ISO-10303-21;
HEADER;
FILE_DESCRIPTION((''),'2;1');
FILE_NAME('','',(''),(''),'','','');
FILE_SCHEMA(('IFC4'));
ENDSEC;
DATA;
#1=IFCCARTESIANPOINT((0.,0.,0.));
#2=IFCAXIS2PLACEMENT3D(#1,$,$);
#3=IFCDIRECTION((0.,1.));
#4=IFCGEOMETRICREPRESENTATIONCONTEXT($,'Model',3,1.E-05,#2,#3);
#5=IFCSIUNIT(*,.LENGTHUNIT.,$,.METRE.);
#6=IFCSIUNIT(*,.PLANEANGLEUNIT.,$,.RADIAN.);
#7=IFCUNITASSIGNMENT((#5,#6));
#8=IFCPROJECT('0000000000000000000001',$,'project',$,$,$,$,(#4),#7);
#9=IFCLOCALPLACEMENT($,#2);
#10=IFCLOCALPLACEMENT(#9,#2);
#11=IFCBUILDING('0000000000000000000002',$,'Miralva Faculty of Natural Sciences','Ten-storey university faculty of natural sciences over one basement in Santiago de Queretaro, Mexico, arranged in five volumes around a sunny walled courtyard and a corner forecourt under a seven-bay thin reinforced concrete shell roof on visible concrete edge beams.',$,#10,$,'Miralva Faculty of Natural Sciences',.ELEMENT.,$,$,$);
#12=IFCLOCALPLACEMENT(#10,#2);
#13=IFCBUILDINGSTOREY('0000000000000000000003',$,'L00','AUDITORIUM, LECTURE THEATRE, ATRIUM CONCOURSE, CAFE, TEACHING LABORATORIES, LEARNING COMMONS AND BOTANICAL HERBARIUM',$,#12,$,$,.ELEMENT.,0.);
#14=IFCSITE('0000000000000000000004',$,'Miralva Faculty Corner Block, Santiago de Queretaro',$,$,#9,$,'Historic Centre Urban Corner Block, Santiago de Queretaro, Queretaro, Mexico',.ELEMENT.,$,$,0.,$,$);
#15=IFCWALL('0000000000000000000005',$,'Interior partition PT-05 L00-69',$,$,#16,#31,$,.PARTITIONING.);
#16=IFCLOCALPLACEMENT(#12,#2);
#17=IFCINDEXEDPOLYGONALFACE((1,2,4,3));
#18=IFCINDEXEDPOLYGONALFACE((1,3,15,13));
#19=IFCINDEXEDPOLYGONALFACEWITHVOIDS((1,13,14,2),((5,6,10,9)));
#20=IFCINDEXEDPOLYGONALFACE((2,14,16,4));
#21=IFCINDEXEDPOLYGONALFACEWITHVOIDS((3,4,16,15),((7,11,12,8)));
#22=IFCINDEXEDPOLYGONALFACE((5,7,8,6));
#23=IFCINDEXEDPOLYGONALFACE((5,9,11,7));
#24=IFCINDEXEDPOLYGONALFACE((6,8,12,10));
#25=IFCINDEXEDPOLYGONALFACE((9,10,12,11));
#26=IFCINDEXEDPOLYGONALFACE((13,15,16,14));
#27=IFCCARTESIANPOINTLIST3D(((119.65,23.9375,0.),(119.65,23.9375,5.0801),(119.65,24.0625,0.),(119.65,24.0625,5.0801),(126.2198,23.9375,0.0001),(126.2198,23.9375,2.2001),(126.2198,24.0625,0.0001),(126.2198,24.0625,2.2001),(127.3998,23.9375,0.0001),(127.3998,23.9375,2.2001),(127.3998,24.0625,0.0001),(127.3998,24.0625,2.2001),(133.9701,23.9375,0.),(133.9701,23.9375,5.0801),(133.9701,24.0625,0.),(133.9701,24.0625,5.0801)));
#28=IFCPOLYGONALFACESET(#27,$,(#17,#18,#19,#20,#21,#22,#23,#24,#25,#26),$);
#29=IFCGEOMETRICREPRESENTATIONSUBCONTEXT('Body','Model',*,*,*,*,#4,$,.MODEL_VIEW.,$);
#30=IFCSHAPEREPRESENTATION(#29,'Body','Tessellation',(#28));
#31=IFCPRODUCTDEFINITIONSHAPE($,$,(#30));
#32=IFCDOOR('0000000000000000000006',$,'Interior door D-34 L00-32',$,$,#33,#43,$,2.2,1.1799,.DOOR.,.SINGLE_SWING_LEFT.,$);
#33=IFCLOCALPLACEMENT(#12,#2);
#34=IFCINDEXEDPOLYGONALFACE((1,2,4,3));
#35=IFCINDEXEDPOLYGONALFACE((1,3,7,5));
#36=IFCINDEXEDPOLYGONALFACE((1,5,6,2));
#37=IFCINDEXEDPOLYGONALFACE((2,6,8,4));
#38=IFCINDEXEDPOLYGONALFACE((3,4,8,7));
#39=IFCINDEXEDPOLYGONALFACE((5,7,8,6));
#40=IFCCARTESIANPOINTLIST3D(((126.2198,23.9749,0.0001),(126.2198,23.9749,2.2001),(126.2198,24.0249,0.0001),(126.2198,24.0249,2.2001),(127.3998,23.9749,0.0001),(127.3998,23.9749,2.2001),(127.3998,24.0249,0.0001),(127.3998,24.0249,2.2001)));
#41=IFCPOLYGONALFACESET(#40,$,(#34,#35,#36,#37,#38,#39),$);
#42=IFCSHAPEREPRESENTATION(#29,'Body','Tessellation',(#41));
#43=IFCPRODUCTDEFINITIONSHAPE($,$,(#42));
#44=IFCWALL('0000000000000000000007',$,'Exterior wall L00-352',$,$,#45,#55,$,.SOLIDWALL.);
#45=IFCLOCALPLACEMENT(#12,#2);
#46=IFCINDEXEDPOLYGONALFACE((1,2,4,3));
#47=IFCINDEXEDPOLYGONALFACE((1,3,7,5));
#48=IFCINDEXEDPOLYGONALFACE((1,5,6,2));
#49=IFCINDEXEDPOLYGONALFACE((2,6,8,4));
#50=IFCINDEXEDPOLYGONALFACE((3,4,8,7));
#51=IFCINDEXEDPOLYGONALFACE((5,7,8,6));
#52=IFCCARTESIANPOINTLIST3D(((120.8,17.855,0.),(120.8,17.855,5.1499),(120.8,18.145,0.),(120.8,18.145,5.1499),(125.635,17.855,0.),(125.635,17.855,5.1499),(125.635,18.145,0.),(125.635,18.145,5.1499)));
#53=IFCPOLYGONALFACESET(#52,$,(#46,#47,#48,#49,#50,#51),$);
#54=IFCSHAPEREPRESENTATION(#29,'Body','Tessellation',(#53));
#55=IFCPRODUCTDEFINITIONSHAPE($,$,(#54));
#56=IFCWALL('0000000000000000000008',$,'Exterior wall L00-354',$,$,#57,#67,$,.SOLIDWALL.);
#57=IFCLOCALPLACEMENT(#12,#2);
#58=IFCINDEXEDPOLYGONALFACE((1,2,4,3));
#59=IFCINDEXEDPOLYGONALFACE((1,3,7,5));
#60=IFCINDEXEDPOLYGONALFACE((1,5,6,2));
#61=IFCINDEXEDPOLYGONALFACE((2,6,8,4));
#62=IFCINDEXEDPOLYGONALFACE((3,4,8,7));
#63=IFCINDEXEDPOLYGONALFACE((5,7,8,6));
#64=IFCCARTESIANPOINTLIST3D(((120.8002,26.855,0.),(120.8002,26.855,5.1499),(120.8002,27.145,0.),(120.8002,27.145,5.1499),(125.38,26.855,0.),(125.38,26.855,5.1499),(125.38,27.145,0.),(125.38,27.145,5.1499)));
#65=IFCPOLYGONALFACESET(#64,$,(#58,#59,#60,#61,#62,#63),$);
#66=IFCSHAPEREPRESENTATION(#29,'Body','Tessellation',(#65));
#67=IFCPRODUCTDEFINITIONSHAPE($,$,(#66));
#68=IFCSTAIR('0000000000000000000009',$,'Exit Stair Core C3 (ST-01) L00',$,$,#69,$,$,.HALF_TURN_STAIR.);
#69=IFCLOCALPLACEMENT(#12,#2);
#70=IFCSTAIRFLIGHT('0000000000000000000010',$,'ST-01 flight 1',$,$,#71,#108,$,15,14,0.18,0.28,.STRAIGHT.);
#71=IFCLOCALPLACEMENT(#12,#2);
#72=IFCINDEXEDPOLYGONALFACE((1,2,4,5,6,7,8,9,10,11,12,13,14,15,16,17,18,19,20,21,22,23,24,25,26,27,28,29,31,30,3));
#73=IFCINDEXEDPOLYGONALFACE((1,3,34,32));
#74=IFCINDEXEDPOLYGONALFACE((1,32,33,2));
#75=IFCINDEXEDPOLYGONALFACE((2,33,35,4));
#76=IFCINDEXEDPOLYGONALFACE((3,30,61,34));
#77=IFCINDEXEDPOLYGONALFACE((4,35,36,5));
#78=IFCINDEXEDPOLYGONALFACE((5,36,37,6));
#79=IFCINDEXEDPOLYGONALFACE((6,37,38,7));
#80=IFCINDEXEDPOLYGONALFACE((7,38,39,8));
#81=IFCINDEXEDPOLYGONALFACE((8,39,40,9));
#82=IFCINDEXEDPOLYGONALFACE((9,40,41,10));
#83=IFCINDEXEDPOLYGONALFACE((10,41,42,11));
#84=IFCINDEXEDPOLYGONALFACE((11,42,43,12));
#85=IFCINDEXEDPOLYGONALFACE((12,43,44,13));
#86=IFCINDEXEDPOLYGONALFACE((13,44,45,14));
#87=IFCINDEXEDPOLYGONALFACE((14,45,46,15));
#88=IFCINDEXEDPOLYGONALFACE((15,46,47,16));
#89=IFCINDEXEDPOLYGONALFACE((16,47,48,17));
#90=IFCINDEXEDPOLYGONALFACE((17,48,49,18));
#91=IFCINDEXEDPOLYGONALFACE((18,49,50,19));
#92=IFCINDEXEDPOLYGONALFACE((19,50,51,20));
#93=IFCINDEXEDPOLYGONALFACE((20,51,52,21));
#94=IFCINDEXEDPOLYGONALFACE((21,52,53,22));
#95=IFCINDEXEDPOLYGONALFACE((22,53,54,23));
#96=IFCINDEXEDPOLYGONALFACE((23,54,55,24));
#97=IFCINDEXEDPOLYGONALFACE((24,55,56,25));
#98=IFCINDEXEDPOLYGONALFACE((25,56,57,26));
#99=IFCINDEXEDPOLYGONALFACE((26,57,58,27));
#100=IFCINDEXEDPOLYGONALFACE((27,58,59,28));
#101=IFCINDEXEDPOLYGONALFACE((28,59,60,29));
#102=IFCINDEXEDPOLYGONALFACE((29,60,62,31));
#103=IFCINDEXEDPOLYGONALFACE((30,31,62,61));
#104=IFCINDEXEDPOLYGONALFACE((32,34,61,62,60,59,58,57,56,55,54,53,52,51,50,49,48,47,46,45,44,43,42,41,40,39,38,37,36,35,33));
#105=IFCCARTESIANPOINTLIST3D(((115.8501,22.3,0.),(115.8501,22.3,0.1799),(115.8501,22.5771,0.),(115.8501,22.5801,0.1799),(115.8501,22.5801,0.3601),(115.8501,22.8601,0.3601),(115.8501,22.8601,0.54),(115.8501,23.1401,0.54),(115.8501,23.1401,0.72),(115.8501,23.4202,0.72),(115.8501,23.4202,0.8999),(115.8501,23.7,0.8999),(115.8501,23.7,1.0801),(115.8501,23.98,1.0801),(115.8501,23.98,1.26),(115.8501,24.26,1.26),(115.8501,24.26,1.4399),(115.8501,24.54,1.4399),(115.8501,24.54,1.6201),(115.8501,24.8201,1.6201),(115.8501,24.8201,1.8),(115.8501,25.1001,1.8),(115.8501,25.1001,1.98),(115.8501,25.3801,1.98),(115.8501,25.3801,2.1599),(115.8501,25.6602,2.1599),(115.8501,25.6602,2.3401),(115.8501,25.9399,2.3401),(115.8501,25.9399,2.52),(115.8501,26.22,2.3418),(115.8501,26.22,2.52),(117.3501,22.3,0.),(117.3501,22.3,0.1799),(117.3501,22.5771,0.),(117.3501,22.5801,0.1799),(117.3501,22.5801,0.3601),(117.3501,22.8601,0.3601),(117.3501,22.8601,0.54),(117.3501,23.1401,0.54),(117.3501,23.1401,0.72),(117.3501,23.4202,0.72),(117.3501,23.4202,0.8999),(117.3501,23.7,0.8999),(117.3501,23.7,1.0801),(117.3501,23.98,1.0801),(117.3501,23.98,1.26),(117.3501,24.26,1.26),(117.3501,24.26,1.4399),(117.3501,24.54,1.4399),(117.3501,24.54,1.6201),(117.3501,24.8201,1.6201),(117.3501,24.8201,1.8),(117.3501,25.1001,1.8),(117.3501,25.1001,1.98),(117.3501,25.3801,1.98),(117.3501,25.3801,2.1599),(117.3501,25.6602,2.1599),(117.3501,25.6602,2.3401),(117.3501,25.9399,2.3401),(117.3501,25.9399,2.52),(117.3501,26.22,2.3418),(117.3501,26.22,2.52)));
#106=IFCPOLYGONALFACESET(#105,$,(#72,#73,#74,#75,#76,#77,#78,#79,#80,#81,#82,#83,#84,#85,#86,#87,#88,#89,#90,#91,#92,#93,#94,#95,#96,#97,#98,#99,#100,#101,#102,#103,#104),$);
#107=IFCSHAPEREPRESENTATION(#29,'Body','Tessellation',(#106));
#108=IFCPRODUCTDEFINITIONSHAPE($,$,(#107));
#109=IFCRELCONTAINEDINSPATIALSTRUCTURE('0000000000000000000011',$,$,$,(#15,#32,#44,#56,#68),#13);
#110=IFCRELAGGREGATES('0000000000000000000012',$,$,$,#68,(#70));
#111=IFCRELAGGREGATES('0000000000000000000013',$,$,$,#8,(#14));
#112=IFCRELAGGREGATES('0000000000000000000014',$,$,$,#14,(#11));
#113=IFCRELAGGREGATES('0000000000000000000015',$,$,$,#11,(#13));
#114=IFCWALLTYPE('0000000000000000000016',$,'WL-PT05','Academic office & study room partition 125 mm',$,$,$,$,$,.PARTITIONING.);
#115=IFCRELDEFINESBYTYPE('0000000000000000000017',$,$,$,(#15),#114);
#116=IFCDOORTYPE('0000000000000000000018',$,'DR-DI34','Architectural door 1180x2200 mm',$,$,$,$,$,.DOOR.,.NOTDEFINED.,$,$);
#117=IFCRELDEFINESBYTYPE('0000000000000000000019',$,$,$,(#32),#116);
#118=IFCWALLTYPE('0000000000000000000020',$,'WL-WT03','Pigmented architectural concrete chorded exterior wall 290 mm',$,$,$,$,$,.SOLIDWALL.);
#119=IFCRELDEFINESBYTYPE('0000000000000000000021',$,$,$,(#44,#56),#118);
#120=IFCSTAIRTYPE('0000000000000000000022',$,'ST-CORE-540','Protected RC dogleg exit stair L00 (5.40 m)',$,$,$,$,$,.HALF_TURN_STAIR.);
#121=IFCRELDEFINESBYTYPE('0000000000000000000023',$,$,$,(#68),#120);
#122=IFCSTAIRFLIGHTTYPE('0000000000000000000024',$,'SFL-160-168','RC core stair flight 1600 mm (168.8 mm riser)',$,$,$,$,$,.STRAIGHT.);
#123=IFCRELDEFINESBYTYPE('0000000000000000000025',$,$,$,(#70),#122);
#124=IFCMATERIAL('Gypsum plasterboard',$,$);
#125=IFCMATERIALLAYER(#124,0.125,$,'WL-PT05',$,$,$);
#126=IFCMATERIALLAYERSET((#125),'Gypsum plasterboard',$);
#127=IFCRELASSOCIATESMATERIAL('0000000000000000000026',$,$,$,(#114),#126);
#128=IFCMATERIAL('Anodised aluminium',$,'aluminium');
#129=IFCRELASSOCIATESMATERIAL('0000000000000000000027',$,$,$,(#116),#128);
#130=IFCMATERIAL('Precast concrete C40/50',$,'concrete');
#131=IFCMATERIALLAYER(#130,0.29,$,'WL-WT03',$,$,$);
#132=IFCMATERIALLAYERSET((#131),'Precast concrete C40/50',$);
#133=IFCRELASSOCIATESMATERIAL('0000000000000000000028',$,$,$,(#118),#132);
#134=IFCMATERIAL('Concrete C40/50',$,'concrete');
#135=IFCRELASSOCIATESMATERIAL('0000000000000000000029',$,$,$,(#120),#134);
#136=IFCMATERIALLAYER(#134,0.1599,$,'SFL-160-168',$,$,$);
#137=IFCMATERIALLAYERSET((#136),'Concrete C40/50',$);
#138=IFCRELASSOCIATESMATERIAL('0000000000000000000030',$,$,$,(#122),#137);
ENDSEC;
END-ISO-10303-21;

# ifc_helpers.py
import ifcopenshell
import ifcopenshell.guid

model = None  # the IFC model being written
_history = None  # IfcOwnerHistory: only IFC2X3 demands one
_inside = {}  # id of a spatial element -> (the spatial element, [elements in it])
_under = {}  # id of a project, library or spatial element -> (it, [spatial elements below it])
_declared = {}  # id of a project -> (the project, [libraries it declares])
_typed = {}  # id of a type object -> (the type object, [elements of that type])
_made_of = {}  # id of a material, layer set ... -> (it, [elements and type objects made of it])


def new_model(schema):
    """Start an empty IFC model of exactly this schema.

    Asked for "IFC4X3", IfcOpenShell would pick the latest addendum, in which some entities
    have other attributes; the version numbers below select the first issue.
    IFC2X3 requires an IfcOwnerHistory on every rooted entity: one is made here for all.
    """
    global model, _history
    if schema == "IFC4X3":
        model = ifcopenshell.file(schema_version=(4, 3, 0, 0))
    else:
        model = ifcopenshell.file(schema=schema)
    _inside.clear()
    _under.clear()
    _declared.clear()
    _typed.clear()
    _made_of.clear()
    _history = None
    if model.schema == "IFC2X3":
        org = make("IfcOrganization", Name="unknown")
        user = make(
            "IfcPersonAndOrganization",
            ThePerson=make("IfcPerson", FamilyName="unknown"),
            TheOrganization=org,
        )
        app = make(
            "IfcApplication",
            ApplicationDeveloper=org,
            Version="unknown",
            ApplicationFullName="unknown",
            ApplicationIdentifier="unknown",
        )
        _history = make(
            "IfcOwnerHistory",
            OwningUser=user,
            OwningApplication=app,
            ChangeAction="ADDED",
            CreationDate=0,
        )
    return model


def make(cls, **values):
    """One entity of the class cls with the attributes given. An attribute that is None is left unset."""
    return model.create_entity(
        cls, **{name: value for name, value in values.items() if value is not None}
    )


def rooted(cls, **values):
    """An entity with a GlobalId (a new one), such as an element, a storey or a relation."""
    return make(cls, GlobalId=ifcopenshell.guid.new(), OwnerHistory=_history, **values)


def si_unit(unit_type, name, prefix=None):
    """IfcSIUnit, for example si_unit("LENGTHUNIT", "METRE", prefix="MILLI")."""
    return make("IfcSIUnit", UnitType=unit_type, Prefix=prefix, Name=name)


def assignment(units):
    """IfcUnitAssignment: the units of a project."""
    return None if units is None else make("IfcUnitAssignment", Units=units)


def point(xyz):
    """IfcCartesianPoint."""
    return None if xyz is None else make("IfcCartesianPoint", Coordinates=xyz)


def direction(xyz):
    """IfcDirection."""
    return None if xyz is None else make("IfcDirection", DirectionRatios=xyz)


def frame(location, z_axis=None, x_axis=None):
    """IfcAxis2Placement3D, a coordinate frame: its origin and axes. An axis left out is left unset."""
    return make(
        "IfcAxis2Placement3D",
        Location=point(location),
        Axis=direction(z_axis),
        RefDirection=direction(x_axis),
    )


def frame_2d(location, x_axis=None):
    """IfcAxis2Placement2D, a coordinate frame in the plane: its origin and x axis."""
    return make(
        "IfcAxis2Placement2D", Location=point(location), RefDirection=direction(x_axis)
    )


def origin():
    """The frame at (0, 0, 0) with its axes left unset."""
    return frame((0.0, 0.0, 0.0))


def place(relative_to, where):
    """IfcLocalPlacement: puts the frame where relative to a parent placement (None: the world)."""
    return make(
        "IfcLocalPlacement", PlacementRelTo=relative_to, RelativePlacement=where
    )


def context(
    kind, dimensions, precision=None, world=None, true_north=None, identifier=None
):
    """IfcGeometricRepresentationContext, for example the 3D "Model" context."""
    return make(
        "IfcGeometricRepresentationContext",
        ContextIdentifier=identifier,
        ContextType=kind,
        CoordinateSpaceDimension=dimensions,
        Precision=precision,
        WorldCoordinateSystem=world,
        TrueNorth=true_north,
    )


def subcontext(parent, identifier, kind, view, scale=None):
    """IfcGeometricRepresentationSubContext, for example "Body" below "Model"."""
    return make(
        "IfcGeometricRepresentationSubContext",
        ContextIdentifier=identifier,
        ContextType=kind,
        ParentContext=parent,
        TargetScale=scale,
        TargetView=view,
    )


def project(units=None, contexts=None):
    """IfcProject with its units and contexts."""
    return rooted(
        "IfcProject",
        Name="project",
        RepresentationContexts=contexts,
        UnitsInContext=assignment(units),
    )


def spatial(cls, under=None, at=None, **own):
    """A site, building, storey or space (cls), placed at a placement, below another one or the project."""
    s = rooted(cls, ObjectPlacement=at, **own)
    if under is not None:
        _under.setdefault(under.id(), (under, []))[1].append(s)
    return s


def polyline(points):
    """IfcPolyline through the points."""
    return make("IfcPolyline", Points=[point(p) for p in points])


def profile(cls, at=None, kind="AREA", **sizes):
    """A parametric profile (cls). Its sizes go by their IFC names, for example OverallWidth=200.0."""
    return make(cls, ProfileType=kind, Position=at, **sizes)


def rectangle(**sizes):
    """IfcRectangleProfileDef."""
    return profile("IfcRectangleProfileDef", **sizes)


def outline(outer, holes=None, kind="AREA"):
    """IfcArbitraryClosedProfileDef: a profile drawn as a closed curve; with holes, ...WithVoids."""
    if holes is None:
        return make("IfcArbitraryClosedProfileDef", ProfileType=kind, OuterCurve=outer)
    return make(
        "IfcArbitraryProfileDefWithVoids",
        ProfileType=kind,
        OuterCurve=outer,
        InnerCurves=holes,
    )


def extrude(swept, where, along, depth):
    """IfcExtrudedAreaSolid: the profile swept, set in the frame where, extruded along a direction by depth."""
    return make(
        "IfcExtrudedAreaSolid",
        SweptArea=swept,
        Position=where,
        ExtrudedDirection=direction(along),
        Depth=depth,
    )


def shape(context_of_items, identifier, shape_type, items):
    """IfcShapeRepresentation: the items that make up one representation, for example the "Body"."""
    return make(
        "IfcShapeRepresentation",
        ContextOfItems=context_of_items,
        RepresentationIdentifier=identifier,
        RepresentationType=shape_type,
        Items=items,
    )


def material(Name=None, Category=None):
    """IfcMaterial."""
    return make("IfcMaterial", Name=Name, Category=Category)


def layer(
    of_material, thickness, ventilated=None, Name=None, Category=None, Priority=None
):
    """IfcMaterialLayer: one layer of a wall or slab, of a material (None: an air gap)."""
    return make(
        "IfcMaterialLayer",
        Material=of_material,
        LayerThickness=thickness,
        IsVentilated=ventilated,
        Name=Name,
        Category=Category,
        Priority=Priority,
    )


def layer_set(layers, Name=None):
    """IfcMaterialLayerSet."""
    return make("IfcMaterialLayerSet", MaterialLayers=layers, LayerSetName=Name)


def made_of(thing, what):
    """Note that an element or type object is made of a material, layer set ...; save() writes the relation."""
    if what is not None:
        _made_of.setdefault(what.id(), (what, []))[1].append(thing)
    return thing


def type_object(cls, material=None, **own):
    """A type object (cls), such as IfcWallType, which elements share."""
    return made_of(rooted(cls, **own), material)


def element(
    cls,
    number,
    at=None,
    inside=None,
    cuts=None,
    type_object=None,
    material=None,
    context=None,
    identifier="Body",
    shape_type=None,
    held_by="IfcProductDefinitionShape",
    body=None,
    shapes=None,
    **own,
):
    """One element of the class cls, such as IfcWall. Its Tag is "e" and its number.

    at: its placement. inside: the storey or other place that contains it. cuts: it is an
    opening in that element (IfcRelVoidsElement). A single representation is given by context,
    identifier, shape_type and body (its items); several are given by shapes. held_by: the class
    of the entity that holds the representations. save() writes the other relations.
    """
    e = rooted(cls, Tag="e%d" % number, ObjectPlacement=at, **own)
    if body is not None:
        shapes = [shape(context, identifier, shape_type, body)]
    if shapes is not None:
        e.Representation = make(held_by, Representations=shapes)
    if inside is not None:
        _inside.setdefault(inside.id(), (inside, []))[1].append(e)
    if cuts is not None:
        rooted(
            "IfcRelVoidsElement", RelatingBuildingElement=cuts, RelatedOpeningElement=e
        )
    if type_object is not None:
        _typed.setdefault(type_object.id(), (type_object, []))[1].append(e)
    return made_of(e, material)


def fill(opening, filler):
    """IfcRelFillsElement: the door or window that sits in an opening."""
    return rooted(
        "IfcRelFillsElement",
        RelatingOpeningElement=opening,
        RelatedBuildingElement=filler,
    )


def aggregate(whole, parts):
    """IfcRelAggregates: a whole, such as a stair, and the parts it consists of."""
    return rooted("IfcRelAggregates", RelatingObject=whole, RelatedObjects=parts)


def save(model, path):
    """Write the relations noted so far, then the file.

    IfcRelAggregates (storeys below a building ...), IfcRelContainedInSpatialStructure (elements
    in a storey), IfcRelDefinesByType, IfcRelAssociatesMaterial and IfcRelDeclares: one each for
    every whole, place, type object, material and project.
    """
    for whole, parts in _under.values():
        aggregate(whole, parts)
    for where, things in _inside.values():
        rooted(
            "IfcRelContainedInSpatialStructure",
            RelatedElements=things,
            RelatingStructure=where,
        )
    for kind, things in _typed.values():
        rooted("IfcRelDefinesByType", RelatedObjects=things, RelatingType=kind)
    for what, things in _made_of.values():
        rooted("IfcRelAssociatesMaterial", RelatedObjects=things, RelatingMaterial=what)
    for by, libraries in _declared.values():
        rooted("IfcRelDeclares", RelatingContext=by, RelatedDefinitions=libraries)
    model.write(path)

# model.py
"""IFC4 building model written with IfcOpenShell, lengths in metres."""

from ifc_helpers import new_model, si_unit, direction, frame, frame_2d, origin, place, context, subcontext, project, spatial, polyline, rectangle, outline, extrude, material, layer, layer_set, type_object, element, fill, aggregate, save


model = new_model("IFC4")

# Units and contexts
model_context = context("Model", 3, precision=1e-05, world=origin(), true_north=direction((0.0, 1.0)))
body_context = subcontext(model_context, "Body", "Model", "MODEL_VIEW")
ifc_project = project(units=[si_unit("LENGTHUNIT", "METRE"), si_unit("PLANEANGLEUNIT", "RADIAN")], contexts=[model_context])

# Site, building, storey
site_placement = place(None, origin())
site = spatial("IfcSite", under=ifc_project, at=site_placement, Name="Miralva Faculty Corner Block, Santiago de Queretaro", LongName="Historic Centre Urban Corner Block, Santiago de Queretaro, Queretaro, Mexico", CompositionType="ELEMENT", RefElevation=0.0)
building_placement = place(site_placement, origin())
building = spatial("IfcBuilding", under=site, at=building_placement, Name="Miralva Faculty of Natural Sciences", Description="Ten-storey university faculty of natural sciences over one basement in Santiago de Queretaro, Mexico, arranged in five volumes around a sunny walled courtyard and a corner forecourt under a seven-bay thin reinforced concrete shell roof on visible concrete edge beams.", LongName="Miralva Faculty of Natural Sciences", CompositionType="ELEMENT")
storey_placement = place(building_placement, origin())
storey = spatial("IfcBuildingStorey", under=building, at=storey_placement, Name="L00", Description="AUDITORIUM, LECTURE THEATRE, ATRIUM CONCOURSE, CAFE, TEACHING LABORATORIES, LEARNING COMMONS AND BOTANICAL HERBARIUM", CompositionType="ELEMENT", Elevation=0.0)

# Shared definitions
ifc_material_1 = material(Name="Concrete C40/50", Category="concrete")

# Shared definitions
ifc_material_2 = material(Name="Anodised aluminium", Category="aluminium")

# Wall, opening, door
ifc_material_3 = material(Name="Gypsum plasterboard")
ifc_layer_1 = layer(ifc_material_3, 0.125, Name="WL-PT05")
ifc_layer_set_1 = layer_set([ifc_layer_1], Name="Gypsum plasterboard")
wall_type_1 = type_object("IfcWallType", Name="WL-PT05", Description="Academic office & study room partition 125 mm", PredefinedType="PARTITIONING", material=ifc_layer_set_1)
wall_1_placement = place(storey_placement, frame((119.6499, 24.0, 0.0), z_axis=(0.0, 0.0, 1.0), x_axis=(1.0, 0.0, 0.0)))
wall_1 = element("IfcWall", 1, at=wall_1_placement, inside=storey, type_object=wall_type_1, Name="Interior partition PT-05 L00-69", PredefinedType="PARTITIONING", context=body_context, shape_type="SweptSolid", body=[
    extrude(rectangle(XDim=14.3201, YDim=0.125, at=frame_2d((7.1602, 0.0))), origin(), (0.0, 0.0, 1.0), 5.0801),
])
opening_1_placement = place(wall_1_placement, frame((6.5701, 0.0, 0.0)))
opening_1 = element("IfcOpeningElement", 2, at=opening_1_placement, cuts=wall_1, PredefinedType="OPENING", context=body_context, shape_type="SweptSolid", body=[
    extrude(rectangle(XDim=1.1799, YDim=2.2, at=frame_2d((0.5898, 1.1001))), frame((0.0, 0.0725, 0.0), z_axis=(0.0, -1.0, 0.0), x_axis=(1.0, 0.0, 0.0)), (0.0, 0.0, 1.0), 0.145),
])
door_type_1 = type_object("IfcDoorType", Name="DR-DI34", Description="Architectural door 1180x2200 mm", OperationType="NOTDEFINED", PredefinedType="DOOR", material=ifc_material_2)
door_1_placement = place(opening_1_placement, origin())
door_1 = element("IfcDoor", 3, at=door_1_placement, inside=storey, type_object=door_type_1, Name="Interior door D-34 L00-32", OperationType="SINGLE_SWING_LEFT", OverallHeight=2.2, OverallWidth=1.1799, PredefinedType="DOOR", context=body_context, shape_type="SweptSolid", body=[
    extrude(rectangle(XDim=1.1799, YDim=2.2, at=frame_2d((0.5898, 1.1001))), frame((0.0, 0.0249, 0.0), z_axis=(0.0, -1.0, 0.0), x_axis=(1.0, 0.0, 0.0)), (0.0, 0.0, 1.0), 0.05),
])
fill(opening_1, door_1)

# Walls
ifc_material_4 = material(Name="Precast concrete C40/50", Category="concrete")
ifc_layer_2 = layer(ifc_material_4, 0.29, Name="WL-WT03")
ifc_layer_set_2 = layer_set([ifc_layer_2], Name="Precast concrete C40/50")
wall_type_2 = type_object("IfcWallType", Name="WL-WT03", Description="Pigmented architectural concrete chorded exterior wall 290 mm", PredefinedType="SOLIDWALL", material=ifc_layer_set_2)
wall_2_placement = place(storey_placement, frame((120.8, 18.0, 0.0), z_axis=(0.0, 0.0, 1.0), x_axis=(1.0, 0.0, 0.0)))
element("IfcWall", 4, at=wall_2_placement, inside=storey, type_object=wall_type_2, Name="Exterior wall L00-352", PredefinedType="SOLIDWALL", context=body_context, shape_type="SweptSolid", body=[
    extrude(rectangle(XDim=4.835, YDim=0.29, at=frame_2d((2.4175, 0.0))), origin(), (0.0, 0.0, 1.0), 5.1499),
])
wall_3_placement = place(storey_placement, frame((120.8, 27.0, 0.0), z_axis=(0.0, 0.0, 1.0), x_axis=(1.0, 0.0, 0.0)))
element("IfcWall", 5, at=wall_3_placement, inside=storey, type_object=wall_type_2, Name="Exterior wall L00-354", PredefinedType="SOLIDWALL", context=body_context, shape_type="SweptSolid", body=[
    extrude(rectangle(XDim=4.5798, YDim=0.29, at=frame_2d((2.29, 0.0))), origin(), (0.0, 0.0, 1.0), 5.1499),
])

# Stair, stair flight
stair_type = type_object("IfcStairType", Name="ST-CORE-540", Description="Protected RC dogleg exit stair L00 (5.40 m)", PredefinedType="HALF_TURN_STAIR", material=ifc_material_1)
stair_placement = place(storey_placement, origin())
stair = element("IfcStair", 6, at=stair_placement, inside=storey, type_object=stair_type, Name="Exit Stair Core C3 (ST-01) L00", PredefinedType="HALF_TURN_STAIR")
ifc_layer_3 = layer(ifc_material_1, 0.1599, Name="SFL-160-168")
ifc_layer_set_3 = layer_set([ifc_layer_3], Name="Concrete C40/50")
stair_flight_type = type_object("IfcStairFlightType", Name="SFL-160-168", Description="RC core stair flight 1600 mm (168.8 mm riser)", PredefinedType="STRAIGHT", material=ifc_layer_set_3)
stair_flight_placement = place(storey_placement, frame((116.6001, 22.3, 0.0), z_axis=(0.0, 0.0, 1.0), x_axis=(0.0, 1.0, 0.0)))
stair_flight = element("IfcStairFlight", 7, at=stair_flight_placement, type_object=stair_flight_type, Name="ST-01 flight 1", NumberOfRisers=15, NumberOfTreads=14, PredefinedType="STRAIGHT", RiserHeight=0.18, TreadLength=0.28, context=body_context, shape_type="SweptSolid", body=[
    extrude(outline(polyline([(0.0, 0.0), (0.0, 0.1799), (0.28, 0.1799), (0.28, 0.3601), (0.5601, 0.3601), (0.5601, 0.54), (0.8401, 0.54), (0.8401, 0.72), (1.1201, 0.72), (1.1201, 0.8999), (1.3999, 0.8999), (1.3999, 1.0801), (1.6799, 1.0801), (1.6799, 1.26), (1.96, 1.26), (1.96, 1.4399), (2.24, 1.4399), (2.24, 1.6201), (2.52, 1.6201), (2.52, 1.8), (2.8, 1.8), (2.8, 1.98), (3.0801, 1.98), (3.0801, 2.1599), (3.3601, 2.1599), (3.3601, 2.3401), (3.6399, 2.3401), (3.6399, 2.52), (3.9199, 2.52), (3.9199, 2.7), (3.9199, 2.3418), (0.2771, 0.0), (0.0, 0.0)])), frame((0.0, 0.75, 0.0), z_axis=(0.0, -1.0, 0.0), x_axis=(1.0, 0.0, 0.0)), (0.0, 0.0, 1.0), 1.5),
])
aggregate(stair, [stair_flight])

save(model, "model.ifc")
